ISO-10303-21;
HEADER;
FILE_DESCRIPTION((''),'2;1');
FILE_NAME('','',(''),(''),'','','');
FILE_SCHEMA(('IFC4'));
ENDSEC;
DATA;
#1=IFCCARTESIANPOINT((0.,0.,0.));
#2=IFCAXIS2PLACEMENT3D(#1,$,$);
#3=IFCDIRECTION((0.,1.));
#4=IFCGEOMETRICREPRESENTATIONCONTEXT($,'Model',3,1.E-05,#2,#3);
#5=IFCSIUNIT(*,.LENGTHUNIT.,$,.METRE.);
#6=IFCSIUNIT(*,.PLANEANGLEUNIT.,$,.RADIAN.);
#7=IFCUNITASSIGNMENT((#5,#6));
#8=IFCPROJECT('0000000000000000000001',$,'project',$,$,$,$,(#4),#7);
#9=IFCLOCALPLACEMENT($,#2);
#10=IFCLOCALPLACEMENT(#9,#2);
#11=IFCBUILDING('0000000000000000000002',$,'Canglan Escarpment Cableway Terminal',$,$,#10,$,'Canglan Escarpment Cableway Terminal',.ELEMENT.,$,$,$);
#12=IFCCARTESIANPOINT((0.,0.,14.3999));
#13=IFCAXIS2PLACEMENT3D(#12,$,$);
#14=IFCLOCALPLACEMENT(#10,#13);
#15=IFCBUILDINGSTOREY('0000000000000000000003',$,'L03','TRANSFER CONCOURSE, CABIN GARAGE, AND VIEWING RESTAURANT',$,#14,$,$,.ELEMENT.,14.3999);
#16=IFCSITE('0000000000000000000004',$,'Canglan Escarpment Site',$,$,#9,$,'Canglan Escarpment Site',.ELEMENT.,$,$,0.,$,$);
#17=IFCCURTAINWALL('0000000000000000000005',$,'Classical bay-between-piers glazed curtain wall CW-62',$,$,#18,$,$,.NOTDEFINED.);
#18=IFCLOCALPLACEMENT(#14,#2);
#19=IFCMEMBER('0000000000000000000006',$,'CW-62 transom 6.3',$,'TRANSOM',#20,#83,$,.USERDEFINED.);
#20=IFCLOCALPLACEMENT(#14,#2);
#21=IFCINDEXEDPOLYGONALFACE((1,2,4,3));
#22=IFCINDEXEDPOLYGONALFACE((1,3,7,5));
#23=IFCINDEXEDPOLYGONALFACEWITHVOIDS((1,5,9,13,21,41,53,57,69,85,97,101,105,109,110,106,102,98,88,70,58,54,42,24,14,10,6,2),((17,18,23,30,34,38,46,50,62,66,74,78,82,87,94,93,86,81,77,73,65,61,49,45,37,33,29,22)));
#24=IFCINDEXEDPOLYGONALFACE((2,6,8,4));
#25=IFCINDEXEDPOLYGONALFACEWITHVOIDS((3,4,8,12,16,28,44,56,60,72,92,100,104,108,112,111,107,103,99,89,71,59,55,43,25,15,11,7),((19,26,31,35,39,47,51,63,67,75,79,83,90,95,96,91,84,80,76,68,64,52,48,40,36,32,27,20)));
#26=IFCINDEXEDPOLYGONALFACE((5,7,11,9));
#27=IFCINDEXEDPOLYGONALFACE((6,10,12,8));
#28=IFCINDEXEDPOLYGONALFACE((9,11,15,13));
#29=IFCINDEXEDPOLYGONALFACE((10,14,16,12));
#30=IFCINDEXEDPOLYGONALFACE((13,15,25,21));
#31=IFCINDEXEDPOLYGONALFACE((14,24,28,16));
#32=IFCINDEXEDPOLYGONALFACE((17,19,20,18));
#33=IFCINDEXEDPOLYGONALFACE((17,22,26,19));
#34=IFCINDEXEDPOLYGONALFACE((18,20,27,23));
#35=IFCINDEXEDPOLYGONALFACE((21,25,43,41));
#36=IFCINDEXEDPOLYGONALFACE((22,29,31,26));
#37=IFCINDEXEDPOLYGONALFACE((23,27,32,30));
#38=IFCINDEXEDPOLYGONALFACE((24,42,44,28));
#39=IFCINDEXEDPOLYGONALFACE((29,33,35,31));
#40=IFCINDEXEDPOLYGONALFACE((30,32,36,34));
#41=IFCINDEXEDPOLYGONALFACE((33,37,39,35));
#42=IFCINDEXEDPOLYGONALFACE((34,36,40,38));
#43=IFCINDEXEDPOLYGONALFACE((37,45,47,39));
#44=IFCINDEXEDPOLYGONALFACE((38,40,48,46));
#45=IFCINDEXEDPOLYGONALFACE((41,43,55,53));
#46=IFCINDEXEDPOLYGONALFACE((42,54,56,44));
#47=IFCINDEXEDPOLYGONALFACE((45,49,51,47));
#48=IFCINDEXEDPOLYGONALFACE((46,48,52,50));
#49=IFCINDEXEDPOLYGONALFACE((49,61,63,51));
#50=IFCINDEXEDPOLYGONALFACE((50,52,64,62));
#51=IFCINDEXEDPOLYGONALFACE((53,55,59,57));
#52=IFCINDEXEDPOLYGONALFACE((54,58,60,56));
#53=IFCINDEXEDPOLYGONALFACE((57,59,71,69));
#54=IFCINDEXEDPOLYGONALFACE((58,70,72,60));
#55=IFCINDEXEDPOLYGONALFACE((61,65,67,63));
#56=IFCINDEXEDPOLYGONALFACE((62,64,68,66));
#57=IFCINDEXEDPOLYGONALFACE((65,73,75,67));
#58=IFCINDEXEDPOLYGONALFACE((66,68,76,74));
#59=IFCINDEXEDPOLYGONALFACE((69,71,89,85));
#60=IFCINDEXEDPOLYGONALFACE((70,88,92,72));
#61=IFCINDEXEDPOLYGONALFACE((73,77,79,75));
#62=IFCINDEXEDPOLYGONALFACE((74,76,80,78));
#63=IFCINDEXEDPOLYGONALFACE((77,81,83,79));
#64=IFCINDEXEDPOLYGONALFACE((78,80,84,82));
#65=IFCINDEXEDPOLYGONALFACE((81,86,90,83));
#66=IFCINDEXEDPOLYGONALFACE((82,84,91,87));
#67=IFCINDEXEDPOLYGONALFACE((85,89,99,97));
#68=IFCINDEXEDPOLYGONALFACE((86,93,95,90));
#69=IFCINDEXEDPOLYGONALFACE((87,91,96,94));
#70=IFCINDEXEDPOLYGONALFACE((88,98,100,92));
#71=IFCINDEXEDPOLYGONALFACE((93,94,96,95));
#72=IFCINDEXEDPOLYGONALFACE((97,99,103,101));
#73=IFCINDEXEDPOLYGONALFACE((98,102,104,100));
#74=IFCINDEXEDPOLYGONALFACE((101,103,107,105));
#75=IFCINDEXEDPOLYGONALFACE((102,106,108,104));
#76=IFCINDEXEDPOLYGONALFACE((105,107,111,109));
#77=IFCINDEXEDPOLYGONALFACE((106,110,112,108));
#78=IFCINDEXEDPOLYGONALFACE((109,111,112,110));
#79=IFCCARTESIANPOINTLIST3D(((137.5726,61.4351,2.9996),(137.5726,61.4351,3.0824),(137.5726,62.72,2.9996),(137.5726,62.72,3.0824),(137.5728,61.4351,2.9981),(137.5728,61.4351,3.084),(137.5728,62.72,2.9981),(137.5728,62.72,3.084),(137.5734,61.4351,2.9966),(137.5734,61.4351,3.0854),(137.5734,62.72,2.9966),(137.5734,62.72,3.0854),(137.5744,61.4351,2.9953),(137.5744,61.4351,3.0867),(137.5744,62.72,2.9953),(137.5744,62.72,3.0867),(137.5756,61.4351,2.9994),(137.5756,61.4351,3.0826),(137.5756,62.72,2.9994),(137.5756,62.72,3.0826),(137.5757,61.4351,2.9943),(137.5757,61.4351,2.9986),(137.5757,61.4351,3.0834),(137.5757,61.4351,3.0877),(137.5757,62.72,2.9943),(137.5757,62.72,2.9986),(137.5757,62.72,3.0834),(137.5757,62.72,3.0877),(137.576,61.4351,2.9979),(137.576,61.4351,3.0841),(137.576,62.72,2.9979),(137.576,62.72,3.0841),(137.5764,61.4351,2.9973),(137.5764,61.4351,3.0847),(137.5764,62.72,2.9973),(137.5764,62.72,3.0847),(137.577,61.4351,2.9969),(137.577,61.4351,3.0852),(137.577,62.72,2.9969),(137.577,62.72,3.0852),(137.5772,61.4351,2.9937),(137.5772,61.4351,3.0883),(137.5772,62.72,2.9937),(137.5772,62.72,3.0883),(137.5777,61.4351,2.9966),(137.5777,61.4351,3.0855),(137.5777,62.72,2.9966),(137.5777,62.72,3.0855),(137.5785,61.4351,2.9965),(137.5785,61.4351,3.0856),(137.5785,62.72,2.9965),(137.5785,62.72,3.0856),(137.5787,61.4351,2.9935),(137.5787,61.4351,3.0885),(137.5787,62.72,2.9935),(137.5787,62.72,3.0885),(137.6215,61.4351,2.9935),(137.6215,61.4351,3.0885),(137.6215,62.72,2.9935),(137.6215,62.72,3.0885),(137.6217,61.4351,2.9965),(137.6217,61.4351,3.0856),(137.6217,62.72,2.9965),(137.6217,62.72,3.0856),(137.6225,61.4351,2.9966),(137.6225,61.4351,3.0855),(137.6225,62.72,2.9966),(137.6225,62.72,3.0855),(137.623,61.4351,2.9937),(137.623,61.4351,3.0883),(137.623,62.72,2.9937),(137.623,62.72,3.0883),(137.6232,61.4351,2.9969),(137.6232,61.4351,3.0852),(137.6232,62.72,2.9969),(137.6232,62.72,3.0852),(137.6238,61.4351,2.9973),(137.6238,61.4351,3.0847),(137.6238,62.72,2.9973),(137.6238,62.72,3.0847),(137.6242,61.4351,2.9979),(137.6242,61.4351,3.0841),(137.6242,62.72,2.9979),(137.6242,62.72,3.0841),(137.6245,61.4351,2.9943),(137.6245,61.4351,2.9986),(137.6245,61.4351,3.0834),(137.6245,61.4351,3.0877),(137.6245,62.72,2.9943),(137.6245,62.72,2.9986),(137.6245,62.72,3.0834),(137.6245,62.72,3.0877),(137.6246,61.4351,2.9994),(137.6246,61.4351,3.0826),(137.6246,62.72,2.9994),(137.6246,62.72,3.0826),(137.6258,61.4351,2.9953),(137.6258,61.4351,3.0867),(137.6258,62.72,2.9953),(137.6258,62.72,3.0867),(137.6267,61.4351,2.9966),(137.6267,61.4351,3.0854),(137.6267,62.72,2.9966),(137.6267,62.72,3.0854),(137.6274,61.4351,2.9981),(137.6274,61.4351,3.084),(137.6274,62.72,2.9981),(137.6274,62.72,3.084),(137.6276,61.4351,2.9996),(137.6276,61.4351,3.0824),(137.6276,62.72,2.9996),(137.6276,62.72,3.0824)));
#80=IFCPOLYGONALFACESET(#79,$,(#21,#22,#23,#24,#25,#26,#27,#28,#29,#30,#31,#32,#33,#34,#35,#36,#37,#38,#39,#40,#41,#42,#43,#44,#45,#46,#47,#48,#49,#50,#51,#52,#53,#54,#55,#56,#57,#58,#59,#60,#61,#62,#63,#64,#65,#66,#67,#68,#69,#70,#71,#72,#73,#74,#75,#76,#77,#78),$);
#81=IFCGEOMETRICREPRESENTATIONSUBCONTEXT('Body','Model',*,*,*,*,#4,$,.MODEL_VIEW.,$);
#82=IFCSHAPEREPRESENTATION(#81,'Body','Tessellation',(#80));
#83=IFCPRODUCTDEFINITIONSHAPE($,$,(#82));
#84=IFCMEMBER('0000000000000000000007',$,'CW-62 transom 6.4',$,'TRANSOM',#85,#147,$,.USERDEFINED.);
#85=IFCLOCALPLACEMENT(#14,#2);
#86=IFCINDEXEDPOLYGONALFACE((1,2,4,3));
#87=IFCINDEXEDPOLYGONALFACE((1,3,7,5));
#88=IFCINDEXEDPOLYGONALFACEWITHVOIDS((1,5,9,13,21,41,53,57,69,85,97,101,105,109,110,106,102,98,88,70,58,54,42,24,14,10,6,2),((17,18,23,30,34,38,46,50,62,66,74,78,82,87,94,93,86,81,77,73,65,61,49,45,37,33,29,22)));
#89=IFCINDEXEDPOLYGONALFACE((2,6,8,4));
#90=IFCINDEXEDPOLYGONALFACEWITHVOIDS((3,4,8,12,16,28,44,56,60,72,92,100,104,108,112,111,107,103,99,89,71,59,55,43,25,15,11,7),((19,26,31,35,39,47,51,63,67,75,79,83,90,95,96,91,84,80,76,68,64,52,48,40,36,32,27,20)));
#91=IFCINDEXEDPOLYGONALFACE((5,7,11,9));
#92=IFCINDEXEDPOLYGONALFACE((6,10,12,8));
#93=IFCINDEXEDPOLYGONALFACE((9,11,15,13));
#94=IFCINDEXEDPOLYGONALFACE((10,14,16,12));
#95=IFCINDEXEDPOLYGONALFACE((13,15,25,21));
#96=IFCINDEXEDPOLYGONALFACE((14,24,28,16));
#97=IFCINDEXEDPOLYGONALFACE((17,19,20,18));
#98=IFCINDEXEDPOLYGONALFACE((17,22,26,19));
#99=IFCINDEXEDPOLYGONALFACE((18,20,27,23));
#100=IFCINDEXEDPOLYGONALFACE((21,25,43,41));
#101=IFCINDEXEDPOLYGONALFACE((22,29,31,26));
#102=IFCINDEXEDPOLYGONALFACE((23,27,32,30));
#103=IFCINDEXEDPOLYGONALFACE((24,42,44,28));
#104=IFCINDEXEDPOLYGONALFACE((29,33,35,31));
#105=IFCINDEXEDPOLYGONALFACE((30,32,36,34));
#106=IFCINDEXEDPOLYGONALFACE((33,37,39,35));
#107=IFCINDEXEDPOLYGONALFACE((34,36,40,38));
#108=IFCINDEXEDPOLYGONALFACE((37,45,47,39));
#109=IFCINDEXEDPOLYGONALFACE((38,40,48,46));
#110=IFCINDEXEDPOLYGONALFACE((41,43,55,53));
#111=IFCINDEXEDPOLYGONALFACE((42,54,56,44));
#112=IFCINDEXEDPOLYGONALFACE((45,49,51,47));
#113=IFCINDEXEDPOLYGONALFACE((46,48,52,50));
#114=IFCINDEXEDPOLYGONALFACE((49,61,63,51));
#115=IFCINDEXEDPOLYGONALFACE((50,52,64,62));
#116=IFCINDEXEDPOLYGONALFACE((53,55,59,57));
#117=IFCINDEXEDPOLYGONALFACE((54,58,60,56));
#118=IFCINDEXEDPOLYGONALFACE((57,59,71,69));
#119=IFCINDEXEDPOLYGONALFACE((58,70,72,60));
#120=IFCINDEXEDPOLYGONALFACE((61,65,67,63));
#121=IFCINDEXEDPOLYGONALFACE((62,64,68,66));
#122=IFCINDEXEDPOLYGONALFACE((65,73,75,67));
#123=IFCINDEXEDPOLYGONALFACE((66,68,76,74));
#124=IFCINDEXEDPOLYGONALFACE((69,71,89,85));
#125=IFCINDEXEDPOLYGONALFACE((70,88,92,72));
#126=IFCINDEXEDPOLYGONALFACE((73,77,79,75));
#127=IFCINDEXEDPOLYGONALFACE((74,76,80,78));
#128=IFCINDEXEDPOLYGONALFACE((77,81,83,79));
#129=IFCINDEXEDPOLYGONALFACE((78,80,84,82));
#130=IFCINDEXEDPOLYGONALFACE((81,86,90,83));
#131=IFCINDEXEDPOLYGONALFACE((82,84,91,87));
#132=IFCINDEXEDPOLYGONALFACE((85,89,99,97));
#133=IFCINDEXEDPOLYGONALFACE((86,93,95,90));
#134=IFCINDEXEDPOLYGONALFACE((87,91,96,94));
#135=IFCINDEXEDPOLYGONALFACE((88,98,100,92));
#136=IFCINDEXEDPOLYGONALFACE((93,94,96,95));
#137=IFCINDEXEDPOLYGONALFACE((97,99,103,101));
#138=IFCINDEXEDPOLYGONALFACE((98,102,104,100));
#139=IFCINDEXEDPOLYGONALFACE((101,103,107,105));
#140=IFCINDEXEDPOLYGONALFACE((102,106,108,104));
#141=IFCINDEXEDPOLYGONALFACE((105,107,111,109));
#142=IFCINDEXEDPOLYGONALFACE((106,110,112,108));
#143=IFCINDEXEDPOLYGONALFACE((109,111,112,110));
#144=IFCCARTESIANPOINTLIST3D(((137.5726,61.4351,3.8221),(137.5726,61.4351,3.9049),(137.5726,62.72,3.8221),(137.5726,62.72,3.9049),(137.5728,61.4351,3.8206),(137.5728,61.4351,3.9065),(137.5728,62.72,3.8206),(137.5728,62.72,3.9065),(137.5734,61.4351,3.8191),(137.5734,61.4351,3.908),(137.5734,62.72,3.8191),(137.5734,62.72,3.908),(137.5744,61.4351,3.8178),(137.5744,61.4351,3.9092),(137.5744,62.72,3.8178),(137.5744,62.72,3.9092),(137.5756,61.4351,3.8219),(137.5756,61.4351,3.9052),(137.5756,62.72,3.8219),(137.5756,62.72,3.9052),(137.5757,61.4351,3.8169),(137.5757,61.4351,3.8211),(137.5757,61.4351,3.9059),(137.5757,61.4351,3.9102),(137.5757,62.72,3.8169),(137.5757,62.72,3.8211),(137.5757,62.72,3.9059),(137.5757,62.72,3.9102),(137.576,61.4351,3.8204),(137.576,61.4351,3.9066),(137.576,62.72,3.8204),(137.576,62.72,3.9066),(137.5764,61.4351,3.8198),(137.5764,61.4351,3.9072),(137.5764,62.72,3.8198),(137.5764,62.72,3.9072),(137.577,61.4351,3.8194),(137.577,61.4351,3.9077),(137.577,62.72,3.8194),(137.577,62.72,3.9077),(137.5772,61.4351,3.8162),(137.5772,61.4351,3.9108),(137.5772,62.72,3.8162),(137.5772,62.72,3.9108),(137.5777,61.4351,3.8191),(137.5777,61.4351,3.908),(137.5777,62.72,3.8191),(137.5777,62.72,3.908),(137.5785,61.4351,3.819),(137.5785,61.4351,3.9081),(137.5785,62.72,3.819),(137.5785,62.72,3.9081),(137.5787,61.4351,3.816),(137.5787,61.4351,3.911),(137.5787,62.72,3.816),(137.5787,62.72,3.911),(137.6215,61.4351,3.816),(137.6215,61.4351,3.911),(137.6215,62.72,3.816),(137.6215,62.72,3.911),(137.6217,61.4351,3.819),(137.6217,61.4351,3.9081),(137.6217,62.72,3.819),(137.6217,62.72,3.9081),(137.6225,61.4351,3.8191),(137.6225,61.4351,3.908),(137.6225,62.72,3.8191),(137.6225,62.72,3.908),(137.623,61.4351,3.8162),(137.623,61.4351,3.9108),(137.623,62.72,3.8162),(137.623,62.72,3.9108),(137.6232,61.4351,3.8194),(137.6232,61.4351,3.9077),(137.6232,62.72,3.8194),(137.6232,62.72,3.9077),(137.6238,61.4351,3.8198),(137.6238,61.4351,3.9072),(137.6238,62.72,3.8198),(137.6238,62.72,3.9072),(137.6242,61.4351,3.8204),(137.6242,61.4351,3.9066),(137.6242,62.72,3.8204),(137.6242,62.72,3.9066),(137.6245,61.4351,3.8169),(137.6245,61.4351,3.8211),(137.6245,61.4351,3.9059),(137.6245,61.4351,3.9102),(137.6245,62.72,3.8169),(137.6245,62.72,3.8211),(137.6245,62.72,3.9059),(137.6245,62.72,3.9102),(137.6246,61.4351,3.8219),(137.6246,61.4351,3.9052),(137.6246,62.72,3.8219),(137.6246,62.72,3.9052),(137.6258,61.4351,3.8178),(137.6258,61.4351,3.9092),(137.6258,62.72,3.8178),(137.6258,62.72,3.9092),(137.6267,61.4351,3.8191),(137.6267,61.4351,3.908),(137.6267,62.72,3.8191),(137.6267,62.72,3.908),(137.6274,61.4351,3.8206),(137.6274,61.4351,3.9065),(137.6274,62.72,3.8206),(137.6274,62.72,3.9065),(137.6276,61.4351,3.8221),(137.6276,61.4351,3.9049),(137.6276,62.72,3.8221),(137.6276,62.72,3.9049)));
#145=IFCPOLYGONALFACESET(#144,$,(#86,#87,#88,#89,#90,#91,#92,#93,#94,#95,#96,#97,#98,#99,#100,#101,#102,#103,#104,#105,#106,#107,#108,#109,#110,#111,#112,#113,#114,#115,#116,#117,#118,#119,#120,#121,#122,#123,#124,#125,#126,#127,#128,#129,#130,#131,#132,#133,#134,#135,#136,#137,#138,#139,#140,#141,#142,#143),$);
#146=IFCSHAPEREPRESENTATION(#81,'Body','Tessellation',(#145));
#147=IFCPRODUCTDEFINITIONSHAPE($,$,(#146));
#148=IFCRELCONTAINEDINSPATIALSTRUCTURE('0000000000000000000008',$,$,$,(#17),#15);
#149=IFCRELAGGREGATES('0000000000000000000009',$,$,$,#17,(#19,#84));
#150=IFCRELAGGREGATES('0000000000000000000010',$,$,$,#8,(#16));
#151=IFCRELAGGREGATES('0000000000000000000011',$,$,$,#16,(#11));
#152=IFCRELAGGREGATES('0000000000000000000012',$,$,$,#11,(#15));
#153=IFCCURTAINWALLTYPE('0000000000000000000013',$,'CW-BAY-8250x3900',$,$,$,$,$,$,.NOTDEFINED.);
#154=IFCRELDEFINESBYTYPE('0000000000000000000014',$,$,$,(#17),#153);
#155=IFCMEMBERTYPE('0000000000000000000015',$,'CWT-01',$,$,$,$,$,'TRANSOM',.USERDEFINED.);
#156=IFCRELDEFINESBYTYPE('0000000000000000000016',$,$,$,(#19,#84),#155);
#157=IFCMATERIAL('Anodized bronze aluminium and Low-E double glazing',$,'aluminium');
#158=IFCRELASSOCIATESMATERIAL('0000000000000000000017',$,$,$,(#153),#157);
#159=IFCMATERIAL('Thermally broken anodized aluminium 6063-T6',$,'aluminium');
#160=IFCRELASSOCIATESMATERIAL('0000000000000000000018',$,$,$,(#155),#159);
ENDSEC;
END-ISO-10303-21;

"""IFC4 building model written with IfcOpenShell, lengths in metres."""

from ifc_helpers import new_model, si_unit, direction, frame, origin, origin_2d, place, context, subcontext, project, spatial, hollow_rectangle, extrude, material, material_profile, profile_set, type_object, element, aggregate, save


model = new_model("IFC4")

# Units and contexts
model_context = context("Model", 3, precision=1e-05, world=origin(), true_north=direction((0.0, 1.0)))
body_context = subcontext(model_context, "Body", "Model", "MODEL_VIEW")
ifc_project = project(units=[si_unit("LENGTHUNIT", "METRE"), si_unit("PLANEANGLEUNIT", "RADIAN")], contexts=[model_context])

# Site, building, storey
site_placement = place(None, origin())
site = spatial("IfcSite", under=ifc_project, at=site_placement, Name="Canglan Escarpment Site", LongName="Canglan Escarpment Site", CompositionType="ELEMENT", RefElevation=0.0)
building_placement = place(site_placement, origin())
building = spatial("IfcBuilding", under=site, at=building_placement, Name="Canglan Escarpment Cableway Terminal", LongName="Canglan Escarpment Cableway Terminal", CompositionType="ELEMENT")
storey_placement = place(building_placement, frame((0.0, 0.0, 14.3999)))
storey = spatial("IfcBuildingStorey", under=building, at=storey_placement, Name="L03", Description="TRANSFER CONCOURSE, CABIN GARAGE, AND VIEWING RESTAURANT", CompositionType="ELEMENT", Elevation=14.3999)

# Curtain wall
ifc_material_1 = material(Name="Anodized bronze aluminium and Low-E double glazing", Category="aluminium")
curtain_wall_type = type_object("IfcCurtainWallType", Name="CW-BAY-8250x3900", PredefinedType="NOTDEFINED", material=ifc_material_1)
curtain_wall_1_placement = place(storey_placement, origin())
curtain_wall_1 = element("IfcCurtainWall", 1, at=curtain_wall_1_placement, inside=storey, type_object=curtain_wall_type, Name="Classical bay-between-piers glazed curtain wall CW-62", PredefinedType="NOTDEFINED")
ifc_material_2 = material(Name="Thermally broken anodized aluminium 6063-T6", Category="aluminium")

# Members
ifc_material_profile_1 = material_profile(ifc_material_2, hollow_rectangle(XDim=0.0549, YDim=0.095, WallThickness=0.0029, InnerFilletRadius=0.0029, OuterFilletRadius=0.0061, at=origin_2d()), Name="ALU-TRAN 55x95x3")
ifc_profile_set_1 = profile_set([ifc_material_profile_1], Name="Thermally broken anodized aluminium 6063-T6")
member_type_1 = type_object("IfcMemberType", Name="CWT-01", ElementType="TRANSOM", PredefinedType="USERDEFINED", material=ifc_profile_set_1)
member_1_placement = place(storey_placement, frame((137.6001, 62.72, 3.041), z_axis=(0.0, -1.0, 0.0), x_axis=(1.0, 0.0, 0.0)))
member_1 = element("IfcMember", 2, at=member_1_placement, type_object=member_type_1, Name="CW-62 transom 6.3", ObjectType="TRANSOM", PredefinedType="USERDEFINED", context=body_context, shape_type="SweptSolid", body=[
    extrude(hollow_rectangle(XDim=0.0549, YDim=0.095, WallThickness=0.0029, InnerFilletRadius=0.0029, OuterFilletRadius=0.0061, at=origin_2d()), origin(), (0.0, 0.0, 1.0), 1.2849),
])
member_2_placement = place(storey_placement, frame((137.6001, 62.72, 3.8635), z_axis=(0.0, -1.0, 0.0), x_axis=(1.0, 0.0, 0.0)))
member_2 = element("IfcMember", 3, at=member_2_placement, type_object=member_type_1, Name="CW-62 transom 6.4", ObjectType="TRANSOM", PredefinedType="USERDEFINED", context=body_context, shape_type="SweptSolid", body=[
    extrude(hollow_rectangle(XDim=0.0549, YDim=0.095, WallThickness=0.0029, InnerFilletRadius=0.0029, OuterFilletRadius=0.0061, at=origin_2d()), origin(), (0.0, 0.0, 1.0), 1.2849),
])

aggregate(curtain_wall_1, [member_1, member_2])

save(model, "model.ifc")
